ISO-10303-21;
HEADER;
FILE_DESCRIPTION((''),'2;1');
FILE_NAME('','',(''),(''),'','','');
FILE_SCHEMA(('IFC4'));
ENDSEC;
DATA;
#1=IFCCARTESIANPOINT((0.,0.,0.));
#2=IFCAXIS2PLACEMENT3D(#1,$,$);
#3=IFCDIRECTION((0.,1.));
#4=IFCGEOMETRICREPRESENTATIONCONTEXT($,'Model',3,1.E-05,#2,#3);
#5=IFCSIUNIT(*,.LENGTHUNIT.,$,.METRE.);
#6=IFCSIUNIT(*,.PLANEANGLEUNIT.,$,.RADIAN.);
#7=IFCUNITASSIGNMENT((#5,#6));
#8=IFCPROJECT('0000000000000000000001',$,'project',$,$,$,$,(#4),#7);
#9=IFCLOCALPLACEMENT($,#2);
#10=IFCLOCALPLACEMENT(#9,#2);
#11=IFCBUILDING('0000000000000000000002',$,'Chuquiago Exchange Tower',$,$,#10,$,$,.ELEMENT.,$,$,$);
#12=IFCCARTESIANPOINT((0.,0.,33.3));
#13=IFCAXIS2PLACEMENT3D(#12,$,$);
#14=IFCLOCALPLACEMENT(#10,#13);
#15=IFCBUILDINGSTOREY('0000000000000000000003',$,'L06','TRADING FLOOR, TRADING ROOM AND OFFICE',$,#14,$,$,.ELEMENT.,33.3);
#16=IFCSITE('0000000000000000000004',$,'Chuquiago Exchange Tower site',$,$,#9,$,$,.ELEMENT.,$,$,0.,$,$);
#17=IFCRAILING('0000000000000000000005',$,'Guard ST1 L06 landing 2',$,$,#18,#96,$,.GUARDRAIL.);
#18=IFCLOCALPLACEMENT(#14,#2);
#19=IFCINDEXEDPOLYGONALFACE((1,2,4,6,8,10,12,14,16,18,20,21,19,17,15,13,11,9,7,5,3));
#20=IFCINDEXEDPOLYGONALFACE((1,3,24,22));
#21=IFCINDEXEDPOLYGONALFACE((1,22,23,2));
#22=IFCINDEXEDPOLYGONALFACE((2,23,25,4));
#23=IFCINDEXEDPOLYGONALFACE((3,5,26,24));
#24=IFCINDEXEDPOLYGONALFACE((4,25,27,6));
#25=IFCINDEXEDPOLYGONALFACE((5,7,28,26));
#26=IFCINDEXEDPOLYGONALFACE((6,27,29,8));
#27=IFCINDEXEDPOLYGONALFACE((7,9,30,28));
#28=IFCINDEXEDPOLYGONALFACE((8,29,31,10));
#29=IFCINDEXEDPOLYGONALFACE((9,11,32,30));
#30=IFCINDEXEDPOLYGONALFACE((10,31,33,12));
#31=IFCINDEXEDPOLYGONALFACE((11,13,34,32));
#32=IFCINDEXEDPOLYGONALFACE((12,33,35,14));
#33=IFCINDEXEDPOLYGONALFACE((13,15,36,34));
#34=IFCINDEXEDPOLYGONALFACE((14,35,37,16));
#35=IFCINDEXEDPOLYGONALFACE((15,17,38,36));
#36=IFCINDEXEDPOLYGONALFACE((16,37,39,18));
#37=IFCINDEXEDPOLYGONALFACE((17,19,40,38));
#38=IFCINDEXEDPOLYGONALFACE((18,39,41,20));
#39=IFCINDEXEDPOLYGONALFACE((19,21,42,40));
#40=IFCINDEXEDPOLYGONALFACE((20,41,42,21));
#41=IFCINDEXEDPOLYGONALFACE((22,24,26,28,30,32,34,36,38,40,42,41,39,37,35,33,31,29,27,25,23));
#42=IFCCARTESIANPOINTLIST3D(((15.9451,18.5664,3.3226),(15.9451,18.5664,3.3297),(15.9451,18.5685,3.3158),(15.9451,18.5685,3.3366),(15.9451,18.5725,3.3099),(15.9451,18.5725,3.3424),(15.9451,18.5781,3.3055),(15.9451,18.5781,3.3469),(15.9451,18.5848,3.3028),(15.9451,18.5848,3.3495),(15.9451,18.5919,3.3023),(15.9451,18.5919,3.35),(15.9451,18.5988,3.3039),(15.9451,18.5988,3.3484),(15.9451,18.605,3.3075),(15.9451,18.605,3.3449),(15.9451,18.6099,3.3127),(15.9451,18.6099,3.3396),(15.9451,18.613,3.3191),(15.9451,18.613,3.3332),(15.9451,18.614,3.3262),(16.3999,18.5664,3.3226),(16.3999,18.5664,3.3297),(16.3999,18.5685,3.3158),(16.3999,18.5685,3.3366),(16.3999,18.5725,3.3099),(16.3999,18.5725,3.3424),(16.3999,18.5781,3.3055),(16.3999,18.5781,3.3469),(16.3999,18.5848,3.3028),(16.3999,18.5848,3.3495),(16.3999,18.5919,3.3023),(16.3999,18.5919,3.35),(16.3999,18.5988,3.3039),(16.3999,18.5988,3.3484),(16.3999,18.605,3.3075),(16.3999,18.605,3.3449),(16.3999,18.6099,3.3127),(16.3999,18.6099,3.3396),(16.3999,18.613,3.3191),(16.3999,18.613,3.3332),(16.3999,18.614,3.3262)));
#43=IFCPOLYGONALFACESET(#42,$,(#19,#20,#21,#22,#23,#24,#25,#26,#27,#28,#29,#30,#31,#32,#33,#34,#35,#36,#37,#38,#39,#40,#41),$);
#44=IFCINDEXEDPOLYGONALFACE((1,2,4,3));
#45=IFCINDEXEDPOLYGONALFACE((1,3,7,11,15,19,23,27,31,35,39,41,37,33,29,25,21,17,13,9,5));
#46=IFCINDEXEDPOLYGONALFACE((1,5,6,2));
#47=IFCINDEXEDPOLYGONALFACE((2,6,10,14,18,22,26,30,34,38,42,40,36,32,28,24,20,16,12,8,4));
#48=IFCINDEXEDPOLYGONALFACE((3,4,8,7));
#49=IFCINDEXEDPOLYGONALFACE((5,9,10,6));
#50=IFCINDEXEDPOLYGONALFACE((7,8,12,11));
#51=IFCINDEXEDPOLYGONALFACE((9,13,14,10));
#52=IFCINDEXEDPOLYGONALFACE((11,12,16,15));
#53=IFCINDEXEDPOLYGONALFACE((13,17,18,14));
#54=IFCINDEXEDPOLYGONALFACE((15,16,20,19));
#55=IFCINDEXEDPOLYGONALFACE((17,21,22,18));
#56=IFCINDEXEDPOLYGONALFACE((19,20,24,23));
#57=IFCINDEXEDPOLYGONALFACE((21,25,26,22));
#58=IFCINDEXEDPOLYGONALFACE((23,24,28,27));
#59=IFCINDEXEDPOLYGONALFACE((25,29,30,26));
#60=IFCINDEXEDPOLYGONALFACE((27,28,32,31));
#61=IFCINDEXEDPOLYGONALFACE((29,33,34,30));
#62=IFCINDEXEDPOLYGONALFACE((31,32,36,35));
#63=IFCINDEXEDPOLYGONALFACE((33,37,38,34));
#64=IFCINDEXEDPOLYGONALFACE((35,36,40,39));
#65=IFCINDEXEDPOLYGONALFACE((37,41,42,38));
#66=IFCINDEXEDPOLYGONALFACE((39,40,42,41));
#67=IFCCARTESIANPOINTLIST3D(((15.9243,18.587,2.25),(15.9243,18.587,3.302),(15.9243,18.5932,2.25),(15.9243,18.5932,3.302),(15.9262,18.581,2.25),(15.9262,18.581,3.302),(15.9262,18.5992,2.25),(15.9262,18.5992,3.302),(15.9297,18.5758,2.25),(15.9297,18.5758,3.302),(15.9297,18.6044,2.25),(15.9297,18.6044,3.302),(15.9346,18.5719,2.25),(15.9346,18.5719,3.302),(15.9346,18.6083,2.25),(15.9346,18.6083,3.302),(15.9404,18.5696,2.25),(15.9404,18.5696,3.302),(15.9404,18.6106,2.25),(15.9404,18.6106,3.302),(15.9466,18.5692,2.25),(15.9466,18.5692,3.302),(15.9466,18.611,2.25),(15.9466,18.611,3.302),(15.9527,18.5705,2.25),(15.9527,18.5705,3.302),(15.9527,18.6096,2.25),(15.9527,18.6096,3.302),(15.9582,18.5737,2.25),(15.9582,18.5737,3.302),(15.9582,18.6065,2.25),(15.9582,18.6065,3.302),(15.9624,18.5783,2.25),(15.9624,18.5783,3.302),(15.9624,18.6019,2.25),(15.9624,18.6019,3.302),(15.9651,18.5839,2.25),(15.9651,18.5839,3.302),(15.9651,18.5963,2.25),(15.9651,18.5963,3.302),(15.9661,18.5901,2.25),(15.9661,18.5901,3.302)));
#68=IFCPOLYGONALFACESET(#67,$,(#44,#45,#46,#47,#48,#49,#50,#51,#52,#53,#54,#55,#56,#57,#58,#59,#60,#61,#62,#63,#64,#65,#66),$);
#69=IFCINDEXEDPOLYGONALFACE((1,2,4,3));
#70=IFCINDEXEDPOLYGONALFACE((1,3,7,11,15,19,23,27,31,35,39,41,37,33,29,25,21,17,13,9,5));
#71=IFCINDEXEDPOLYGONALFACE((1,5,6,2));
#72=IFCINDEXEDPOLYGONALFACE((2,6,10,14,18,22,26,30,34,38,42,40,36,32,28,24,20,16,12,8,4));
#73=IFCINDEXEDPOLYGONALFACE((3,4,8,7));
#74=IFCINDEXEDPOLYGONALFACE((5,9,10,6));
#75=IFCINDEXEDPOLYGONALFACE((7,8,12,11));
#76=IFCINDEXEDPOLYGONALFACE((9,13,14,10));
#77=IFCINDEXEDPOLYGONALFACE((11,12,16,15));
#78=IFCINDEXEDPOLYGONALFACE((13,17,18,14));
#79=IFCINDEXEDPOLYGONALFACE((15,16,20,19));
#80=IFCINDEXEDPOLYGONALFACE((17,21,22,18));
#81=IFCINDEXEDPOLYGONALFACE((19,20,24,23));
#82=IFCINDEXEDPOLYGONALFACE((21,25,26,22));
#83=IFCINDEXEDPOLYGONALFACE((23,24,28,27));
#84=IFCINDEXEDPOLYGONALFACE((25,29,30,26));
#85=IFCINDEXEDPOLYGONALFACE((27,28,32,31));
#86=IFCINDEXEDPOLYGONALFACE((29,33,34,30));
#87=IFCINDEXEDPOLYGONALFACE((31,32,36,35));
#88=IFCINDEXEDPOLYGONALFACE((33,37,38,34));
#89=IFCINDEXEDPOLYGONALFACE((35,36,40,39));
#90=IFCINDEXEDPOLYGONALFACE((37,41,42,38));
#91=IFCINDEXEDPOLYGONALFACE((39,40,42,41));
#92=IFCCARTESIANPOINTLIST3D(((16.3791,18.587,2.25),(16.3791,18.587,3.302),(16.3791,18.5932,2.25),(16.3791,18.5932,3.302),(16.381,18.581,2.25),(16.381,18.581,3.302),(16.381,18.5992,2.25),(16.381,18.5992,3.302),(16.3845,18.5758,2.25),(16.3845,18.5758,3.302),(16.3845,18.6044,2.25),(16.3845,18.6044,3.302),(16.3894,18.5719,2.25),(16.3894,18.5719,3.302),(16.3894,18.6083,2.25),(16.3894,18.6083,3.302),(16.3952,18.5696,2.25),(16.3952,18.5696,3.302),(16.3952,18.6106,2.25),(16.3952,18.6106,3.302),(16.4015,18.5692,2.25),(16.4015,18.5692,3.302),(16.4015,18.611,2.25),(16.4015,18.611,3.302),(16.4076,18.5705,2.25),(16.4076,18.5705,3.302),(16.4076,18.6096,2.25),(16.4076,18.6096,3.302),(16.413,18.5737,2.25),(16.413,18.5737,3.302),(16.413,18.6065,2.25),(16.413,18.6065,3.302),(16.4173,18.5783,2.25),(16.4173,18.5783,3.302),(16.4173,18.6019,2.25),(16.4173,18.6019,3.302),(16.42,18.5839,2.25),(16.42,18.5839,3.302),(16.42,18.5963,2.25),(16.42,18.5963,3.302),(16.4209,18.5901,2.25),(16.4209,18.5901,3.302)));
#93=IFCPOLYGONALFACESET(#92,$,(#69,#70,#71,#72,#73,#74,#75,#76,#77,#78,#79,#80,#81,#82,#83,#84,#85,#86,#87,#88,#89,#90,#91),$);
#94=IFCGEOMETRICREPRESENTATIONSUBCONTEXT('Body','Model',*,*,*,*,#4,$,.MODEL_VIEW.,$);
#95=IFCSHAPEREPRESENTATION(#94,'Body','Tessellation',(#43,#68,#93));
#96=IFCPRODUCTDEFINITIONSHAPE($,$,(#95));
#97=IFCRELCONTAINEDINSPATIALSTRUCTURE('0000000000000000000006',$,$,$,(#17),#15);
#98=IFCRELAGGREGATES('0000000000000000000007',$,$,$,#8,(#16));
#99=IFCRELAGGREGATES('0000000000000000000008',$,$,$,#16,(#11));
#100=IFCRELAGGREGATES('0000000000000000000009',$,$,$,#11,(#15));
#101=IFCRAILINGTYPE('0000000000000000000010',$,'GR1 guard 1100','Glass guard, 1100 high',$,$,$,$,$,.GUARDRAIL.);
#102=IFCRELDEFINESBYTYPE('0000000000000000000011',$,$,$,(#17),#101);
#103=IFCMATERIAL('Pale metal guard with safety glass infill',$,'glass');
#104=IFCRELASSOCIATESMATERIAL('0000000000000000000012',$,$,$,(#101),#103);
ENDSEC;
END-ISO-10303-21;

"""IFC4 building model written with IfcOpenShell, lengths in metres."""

from ifc_helpers import new_model, si_unit, direction, frame, origin, origin_2d, place, context, subcontext, project, spatial, circle, extrude, material, type_object, element, save


model = new_model("IFC4")

# Units and contexts
model_context = context("Model", 3, precision=1e-05, world=origin(), true_north=direction((0.0, 1.0)))
body_context = subcontext(model_context, "Body", "Model", "MODEL_VIEW")
ifc_project = project(units=[si_unit("LENGTHUNIT", "METRE"), si_unit("PLANEANGLEUNIT", "RADIAN")], contexts=[model_context])

# Site, building, storey
site_placement = place(None, origin())
site = spatial("IfcSite", under=ifc_project, at=site_placement, Name="Chuquiago Exchange Tower site", CompositionType="ELEMENT", RefElevation=0.0)
building_placement = place(site_placement, origin())
building = spatial("IfcBuilding", under=site, at=building_placement, Name="Chuquiago Exchange Tower", CompositionType="ELEMENT")
storey_placement = place(building_placement, frame((0.0, 0.0, 33.3)))
storey = spatial("IfcBuildingStorey", under=building, at=storey_placement, Name="L06", Description="TRADING FLOOR, TRADING ROOM AND OFFICE", CompositionType="ELEMENT", Elevation=33.3)

# Railing
ifc_material_1 = material(Name="Pale metal guard with safety glass infill", Category="glass")
railing_type_1 = type_object("IfcRailingType", Name="GR1 guard 1100", Description="Glass guard, 1100 high", PredefinedType="GUARDRAIL", material=ifc_material_1)
for number, where, name in (
    (1, (15.9451, 18.5901, 2.25), "Guard ST1 L06 landing 2"),
):
    element("IfcRailing", number, at=place(storey_placement, frame(where)), inside=storey, type_object=railing_type_1, Name=name, PredefinedType="GUARDRAIL", context=body_context, shape_type="SweptSolid", body=[
        extrude(circle(Radius=0.0239, at=origin_2d()), frame((0.0, 0.0, 1.0762), z_axis=(1.0, 0.0, 0.0), x_axis=(0.0, 1.0, 0.0)), (0.0, 0.0, 1.0), 0.4548),
        extrude(circle(Radius=0.021, at=origin_2d()), origin(), (0.0, 0.0, 1.0), 1.052),
        extrude(circle(Radius=0.021, at=origin_2d()), frame((0.4548, 0.0, 0.0)), (0.0, 0.0, 1.0), 1.052),
    ])

save(model, "model.ifc")
